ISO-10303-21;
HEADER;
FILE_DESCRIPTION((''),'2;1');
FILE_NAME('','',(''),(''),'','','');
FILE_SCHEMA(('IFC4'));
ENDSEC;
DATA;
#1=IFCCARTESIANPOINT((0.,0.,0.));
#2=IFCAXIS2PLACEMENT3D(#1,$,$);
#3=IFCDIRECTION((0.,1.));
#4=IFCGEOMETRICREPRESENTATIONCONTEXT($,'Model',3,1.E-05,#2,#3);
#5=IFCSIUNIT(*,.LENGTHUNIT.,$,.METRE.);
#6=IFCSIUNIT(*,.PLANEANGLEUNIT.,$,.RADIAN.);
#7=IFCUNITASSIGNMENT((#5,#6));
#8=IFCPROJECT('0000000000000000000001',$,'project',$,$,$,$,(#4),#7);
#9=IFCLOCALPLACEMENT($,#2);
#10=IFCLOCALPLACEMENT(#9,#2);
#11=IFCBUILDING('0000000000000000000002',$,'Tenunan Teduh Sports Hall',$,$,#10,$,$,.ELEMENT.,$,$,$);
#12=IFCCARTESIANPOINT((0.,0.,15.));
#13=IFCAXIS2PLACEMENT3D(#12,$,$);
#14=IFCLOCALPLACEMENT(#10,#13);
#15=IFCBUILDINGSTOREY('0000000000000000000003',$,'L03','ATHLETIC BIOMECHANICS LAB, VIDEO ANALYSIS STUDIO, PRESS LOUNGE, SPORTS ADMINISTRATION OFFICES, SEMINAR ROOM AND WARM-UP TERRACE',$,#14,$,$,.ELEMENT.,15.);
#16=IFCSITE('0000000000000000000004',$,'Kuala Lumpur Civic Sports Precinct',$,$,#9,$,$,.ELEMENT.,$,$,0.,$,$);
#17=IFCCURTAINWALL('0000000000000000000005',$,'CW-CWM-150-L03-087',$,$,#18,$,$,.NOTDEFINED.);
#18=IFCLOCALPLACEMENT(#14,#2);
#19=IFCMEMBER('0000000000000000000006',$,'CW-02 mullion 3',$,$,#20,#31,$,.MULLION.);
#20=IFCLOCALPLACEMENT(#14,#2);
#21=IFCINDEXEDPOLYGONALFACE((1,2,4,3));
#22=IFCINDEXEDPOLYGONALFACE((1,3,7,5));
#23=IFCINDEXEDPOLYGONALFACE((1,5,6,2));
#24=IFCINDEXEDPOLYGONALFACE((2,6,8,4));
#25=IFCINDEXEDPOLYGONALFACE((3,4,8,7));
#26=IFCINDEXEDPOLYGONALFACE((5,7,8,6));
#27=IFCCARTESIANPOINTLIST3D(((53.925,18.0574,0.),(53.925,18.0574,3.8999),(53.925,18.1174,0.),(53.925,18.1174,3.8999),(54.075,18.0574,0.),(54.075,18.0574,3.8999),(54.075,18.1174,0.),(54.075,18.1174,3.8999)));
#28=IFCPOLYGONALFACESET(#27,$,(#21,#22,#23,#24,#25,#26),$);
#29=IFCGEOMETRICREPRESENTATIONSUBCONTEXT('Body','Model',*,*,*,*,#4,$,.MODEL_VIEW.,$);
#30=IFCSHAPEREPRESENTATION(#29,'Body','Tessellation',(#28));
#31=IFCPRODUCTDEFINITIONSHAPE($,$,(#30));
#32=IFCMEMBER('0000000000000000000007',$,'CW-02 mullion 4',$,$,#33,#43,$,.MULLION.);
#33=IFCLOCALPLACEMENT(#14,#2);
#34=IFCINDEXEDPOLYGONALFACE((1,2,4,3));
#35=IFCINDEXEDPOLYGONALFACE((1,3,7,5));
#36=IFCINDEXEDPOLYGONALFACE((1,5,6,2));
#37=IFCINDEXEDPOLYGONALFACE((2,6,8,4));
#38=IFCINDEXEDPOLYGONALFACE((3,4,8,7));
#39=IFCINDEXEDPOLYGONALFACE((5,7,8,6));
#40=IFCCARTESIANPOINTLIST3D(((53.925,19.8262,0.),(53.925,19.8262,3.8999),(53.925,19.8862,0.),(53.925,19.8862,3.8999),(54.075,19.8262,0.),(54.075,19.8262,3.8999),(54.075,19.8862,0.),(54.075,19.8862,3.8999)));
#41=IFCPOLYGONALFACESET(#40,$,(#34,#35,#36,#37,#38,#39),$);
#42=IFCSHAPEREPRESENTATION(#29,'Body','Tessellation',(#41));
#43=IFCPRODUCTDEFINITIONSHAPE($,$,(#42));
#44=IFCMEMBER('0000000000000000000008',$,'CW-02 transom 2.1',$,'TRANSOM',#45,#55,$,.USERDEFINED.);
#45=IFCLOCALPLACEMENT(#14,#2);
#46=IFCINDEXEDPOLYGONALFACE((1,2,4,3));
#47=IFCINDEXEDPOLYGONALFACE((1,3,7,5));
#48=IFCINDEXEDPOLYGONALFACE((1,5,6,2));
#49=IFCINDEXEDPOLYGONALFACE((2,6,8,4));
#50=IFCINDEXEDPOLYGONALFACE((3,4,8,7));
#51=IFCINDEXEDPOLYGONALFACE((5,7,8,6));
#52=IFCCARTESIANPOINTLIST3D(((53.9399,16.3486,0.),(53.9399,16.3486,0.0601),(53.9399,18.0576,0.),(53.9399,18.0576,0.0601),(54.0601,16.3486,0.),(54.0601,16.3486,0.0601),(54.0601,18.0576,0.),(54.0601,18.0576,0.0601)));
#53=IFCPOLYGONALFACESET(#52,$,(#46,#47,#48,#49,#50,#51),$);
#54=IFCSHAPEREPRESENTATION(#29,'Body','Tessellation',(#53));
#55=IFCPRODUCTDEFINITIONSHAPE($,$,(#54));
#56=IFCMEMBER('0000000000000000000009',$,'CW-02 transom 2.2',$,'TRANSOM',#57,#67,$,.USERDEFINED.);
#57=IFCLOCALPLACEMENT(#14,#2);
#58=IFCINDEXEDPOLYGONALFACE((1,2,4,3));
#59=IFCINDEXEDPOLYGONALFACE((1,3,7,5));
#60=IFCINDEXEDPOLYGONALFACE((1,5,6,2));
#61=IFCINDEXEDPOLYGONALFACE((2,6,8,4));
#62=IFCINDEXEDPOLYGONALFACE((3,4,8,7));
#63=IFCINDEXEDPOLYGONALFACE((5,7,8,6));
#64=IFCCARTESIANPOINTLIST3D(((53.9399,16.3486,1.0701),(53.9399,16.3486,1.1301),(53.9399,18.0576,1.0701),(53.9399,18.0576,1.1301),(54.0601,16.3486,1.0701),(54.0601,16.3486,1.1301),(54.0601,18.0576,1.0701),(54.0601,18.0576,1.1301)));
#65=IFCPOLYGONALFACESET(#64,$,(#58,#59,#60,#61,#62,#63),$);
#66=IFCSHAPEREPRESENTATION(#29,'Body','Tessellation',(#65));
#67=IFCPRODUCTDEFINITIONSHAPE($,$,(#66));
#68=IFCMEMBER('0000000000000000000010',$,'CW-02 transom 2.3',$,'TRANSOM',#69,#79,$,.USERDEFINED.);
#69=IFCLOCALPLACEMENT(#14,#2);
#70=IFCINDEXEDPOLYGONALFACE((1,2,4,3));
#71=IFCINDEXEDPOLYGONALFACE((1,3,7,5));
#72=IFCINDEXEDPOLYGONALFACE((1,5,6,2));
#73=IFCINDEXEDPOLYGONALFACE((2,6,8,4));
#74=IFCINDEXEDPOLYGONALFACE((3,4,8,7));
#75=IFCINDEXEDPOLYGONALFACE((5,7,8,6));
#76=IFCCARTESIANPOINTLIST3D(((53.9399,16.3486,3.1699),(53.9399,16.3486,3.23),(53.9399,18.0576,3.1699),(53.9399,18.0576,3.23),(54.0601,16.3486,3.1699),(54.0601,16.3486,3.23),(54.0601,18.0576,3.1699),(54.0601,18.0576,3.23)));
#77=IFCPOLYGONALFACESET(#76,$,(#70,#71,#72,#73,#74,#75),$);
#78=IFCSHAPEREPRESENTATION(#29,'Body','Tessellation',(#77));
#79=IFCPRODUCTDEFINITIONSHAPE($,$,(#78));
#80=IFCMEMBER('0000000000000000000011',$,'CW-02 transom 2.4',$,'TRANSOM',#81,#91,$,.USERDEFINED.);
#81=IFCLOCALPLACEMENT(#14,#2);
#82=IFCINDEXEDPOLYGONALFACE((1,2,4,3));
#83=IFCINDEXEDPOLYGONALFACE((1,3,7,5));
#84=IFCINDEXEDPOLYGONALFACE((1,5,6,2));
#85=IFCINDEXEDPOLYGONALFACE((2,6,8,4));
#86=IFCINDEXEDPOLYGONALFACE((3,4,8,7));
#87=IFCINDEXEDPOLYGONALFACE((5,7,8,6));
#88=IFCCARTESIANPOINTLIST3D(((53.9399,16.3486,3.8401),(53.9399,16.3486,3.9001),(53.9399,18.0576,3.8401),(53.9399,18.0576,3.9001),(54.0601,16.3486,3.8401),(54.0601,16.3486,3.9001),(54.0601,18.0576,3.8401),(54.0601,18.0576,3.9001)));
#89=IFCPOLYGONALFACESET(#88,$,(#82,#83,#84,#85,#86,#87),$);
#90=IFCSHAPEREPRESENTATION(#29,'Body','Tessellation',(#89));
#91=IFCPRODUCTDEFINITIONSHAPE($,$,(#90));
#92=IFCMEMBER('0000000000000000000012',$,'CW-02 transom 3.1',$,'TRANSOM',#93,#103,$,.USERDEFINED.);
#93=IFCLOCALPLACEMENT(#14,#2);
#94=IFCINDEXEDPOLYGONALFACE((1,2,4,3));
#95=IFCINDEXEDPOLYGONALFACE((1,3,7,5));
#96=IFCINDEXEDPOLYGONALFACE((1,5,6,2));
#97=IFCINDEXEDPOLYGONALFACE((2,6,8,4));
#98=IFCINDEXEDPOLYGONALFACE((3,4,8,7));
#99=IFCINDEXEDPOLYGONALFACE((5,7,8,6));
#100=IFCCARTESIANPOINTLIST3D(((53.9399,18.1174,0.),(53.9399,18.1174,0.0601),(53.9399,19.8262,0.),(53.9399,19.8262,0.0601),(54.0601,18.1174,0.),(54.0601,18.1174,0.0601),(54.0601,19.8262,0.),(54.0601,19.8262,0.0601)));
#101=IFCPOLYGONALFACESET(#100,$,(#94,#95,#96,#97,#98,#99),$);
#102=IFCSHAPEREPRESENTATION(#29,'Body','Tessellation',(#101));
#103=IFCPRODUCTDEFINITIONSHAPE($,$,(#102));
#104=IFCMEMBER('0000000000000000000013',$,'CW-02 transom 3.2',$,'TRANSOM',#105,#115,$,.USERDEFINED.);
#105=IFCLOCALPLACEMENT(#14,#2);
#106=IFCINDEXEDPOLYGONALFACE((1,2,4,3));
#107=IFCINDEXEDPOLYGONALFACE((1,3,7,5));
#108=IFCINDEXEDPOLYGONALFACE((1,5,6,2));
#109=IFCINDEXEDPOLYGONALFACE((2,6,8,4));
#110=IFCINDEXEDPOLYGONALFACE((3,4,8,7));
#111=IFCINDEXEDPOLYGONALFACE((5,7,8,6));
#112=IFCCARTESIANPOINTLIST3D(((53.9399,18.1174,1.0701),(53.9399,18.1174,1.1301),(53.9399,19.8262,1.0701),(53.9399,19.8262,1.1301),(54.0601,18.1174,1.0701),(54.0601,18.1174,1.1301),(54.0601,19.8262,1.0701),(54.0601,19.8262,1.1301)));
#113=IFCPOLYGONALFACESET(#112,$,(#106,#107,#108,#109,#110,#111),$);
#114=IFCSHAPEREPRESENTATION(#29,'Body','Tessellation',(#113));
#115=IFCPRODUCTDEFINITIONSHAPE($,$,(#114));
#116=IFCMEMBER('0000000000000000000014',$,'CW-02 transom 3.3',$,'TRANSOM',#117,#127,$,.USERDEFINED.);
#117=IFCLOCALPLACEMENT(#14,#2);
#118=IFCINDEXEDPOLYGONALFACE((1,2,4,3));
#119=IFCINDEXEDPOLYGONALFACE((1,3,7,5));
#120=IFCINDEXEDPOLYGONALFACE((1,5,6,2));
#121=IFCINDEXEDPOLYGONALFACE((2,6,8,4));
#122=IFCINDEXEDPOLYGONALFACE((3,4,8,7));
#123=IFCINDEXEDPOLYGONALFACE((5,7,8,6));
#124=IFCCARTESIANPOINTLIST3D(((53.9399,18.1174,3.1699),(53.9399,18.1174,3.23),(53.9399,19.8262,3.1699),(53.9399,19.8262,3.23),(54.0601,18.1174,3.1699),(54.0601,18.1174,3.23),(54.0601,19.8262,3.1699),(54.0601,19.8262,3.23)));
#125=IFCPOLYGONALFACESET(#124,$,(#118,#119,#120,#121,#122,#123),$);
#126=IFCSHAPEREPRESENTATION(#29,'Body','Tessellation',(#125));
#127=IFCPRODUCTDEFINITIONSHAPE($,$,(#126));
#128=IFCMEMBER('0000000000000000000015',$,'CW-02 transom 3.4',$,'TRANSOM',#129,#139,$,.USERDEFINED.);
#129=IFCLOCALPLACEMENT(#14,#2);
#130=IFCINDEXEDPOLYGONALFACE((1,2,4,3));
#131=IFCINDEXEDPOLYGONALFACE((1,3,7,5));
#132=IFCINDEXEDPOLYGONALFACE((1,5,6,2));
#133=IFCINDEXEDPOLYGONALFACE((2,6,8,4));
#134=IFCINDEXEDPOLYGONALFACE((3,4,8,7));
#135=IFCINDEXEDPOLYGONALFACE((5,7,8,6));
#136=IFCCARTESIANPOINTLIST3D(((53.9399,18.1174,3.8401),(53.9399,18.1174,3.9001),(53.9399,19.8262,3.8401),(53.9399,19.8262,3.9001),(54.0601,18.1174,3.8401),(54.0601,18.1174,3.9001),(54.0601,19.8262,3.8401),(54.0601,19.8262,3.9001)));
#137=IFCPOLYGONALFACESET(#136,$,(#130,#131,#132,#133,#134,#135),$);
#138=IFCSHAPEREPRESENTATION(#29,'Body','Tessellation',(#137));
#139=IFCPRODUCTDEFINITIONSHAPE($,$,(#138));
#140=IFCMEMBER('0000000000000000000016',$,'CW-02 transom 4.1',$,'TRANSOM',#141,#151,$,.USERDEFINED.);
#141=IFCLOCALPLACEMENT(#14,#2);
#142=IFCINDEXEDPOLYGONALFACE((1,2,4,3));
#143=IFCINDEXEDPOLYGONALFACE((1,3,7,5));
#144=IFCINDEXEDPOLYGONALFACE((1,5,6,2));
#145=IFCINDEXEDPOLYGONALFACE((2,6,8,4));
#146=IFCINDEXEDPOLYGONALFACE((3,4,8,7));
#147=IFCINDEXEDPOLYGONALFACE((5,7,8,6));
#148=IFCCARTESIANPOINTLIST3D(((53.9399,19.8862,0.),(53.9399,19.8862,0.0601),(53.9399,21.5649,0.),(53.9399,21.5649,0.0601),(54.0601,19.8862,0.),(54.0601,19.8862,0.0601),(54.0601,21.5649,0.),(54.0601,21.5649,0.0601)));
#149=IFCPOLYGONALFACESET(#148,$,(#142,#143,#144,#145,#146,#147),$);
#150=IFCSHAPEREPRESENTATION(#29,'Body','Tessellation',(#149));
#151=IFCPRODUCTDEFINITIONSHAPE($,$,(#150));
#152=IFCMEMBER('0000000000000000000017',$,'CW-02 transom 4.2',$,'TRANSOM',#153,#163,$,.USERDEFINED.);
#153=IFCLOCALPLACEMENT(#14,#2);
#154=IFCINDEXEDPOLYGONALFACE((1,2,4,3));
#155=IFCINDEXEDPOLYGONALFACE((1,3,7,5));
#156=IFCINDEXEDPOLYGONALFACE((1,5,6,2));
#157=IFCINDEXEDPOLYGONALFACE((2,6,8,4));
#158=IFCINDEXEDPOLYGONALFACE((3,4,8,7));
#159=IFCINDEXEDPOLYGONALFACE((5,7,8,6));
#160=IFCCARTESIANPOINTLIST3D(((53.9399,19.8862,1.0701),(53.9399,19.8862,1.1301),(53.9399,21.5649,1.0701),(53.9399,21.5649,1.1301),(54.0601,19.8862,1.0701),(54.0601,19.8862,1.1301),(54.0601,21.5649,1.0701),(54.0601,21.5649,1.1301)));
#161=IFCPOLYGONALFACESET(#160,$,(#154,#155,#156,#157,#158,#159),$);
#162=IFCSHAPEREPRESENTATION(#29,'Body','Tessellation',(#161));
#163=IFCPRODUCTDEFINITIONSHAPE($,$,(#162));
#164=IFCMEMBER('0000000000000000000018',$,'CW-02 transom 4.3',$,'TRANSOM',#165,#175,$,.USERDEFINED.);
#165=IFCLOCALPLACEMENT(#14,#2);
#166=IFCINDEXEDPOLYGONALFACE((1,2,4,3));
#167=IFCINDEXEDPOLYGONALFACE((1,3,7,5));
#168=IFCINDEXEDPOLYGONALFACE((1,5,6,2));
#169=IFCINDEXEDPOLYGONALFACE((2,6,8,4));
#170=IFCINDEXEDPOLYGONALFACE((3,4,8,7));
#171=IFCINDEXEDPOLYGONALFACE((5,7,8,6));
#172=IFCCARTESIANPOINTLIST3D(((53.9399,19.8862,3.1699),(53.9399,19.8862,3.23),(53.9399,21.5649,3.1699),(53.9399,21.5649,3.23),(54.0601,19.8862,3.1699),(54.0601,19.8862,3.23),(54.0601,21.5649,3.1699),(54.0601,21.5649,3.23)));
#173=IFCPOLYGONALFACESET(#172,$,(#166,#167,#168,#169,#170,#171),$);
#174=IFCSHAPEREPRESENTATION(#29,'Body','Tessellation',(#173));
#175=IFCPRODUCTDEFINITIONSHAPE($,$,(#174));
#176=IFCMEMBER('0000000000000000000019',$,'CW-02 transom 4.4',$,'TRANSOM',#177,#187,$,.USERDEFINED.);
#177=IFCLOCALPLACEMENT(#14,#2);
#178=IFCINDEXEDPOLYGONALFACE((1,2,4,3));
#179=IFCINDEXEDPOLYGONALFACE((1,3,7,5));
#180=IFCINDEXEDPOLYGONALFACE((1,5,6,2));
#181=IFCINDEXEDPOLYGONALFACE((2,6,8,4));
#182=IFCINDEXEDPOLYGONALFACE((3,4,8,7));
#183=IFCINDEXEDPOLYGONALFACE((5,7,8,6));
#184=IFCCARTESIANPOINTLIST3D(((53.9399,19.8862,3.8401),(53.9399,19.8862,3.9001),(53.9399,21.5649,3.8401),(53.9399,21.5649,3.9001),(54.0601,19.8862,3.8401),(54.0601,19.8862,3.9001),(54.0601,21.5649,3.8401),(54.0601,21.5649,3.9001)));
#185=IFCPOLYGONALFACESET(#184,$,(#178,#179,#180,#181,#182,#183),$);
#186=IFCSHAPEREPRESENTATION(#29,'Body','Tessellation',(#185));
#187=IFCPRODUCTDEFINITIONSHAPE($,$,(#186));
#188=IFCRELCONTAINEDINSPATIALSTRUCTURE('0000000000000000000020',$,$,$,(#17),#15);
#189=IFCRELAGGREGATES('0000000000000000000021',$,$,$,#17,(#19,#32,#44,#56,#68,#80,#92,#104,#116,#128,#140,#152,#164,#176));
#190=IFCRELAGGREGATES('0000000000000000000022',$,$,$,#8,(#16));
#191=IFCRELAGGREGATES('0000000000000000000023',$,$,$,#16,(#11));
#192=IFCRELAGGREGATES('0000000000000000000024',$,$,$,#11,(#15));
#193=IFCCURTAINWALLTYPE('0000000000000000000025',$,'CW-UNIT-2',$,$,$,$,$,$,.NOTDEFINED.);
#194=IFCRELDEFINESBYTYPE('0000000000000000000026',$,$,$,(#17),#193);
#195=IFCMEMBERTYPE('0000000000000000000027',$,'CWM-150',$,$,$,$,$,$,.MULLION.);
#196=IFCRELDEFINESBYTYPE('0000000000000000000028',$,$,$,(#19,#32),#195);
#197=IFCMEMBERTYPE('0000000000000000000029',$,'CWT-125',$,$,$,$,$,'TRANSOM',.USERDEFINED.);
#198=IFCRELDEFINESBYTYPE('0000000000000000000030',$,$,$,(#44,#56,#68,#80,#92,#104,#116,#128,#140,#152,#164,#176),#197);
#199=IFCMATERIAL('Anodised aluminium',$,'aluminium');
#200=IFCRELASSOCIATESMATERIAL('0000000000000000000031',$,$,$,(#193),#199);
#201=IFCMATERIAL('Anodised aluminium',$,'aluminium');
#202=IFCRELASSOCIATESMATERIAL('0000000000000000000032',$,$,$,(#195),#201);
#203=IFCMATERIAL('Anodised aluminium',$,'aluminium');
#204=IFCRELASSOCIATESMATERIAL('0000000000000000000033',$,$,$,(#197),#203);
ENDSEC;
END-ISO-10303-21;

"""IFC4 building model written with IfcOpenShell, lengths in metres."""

from ifc_helpers import new_model, si_unit, direction, frame, origin, origin_2d, place, context, subcontext, project, spatial, rectangle, extrude, material, material_profile, profile_set, type_object, element, aggregate, save


model = new_model("IFC4")

# Units and contexts
model_context = context("Model", 3, precision=1e-05, world=origin(), true_north=direction((0.0, 1.0)))
body_context = subcontext(model_context, "Body", "Model", "MODEL_VIEW")
ifc_project = project(units=[si_unit("LENGTHUNIT", "METRE"), si_unit("PLANEANGLEUNIT", "RADIAN")], contexts=[model_context])

# Site, building, storey
site_placement = place(None, origin())
site = spatial("IfcSite", under=ifc_project, at=site_placement, Name="Kuala Lumpur Civic Sports Precinct", CompositionType="ELEMENT", RefElevation=0.0)
building_placement = place(site_placement, origin())
building = spatial("IfcBuilding", under=site, at=building_placement, Name="Tenunan Teduh Sports Hall", CompositionType="ELEMENT")
storey_placement = place(building_placement, frame((0.0, 0.0, 15.0)))
storey = spatial("IfcBuildingStorey", under=building, at=storey_placement, Name="L03", Description="ATHLETIC BIOMECHANICS LAB, VIDEO ANALYSIS STUDIO, PRESS LOUNGE, SPORTS ADMINISTRATION OFFICES, SEMINAR ROOM AND WARM-UP TERRACE", CompositionType="ELEMENT", Elevation=15.0)

# Curtain wall, members
ifc_material_1 = material(Name="Anodised aluminium", Category="aluminium")
curtain_wall_type = type_object("IfcCurtainWallType", Name="CW-UNIT-2", PredefinedType="NOTDEFINED", material=ifc_material_1)
curtain_wall_placement = place(storey_placement, origin())
curtain_wall = element("IfcCurtainWall", 1, at=curtain_wall_placement, inside=storey, type_object=curtain_wall_type, Name="CW-CWM-150-L03-087", PredefinedType="NOTDEFINED")
ifc_material_2 = material(Name="Anodised aluminium", Category="aluminium")
ifc_material_profile_1 = material_profile(ifc_material_2, rectangle(XDim=0.0601, YDim=0.1499, at=origin_2d()), Name="CWM 60x150")
ifc_profile_set_1 = profile_set([ifc_material_profile_1], Name="Anodised aluminium")
member_type_1 = type_object("IfcMemberType", Name="CWM-150", PredefinedType="MULLION", material=ifc_profile_set_1)
member_1_placement = place(storey_placement, frame((54.0, 18.0874, 0.0), z_axis=(0.0, 0.0, 1.0), x_axis=(0.0, 1.0, 0.0)))
member_1 = element("IfcMember", 2, at=member_1_placement, type_object=member_type_1, Name="CW-02 mullion 3", PredefinedType="MULLION", context=body_context, shape_type="SweptSolid", body=[
    extrude(rectangle(XDim=0.0601, YDim=0.1499, at=origin_2d()), origin(), (0.0, 0.0, 1.0), 3.8999),
])
member_2_placement = place(storey_placement, frame((54.0, 19.8562, 0.0), z_axis=(0.0, 0.0, 1.0), x_axis=(0.0, 1.0, 0.0)))
member_2 = element("IfcMember", 3, at=member_2_placement, type_object=member_type_1, Name="CW-02 mullion 4", PredefinedType="MULLION", context=body_context, shape_type="SweptSolid", body=[
    extrude(rectangle(XDim=0.0601, YDim=0.1499, at=origin_2d()), origin(), (0.0, 0.0, 1.0), 3.8999),
])
ifc_material_3 = material(Name="Anodised aluminium", Category="aluminium")
ifc_material_profile_2 = material_profile(ifc_material_3, rectangle(XDim=0.0601, YDim=0.1201, at=origin_2d()), Name="CWT 60x120")
ifc_profile_set_2 = profile_set([ifc_material_profile_2], Name="Anodised aluminium")
member_type_2 = type_object("IfcMemberType", Name="CWT-125", ElementType="TRANSOM", PredefinedType="USERDEFINED", material=ifc_profile_set_2)
member_3_placement = place(storey_placement, frame((54.0, 16.3486, 0.03), z_axis=(0.0, 1.0, 0.0), x_axis=(0.0, 0.0, 1.0)))
member_3 = element("IfcMember", 4, at=member_3_placement, type_object=member_type_2, Name="CW-02 transom 2.1", ObjectType="TRANSOM", PredefinedType="USERDEFINED", context=body_context, shape_type="SweptSolid", body=[
    extrude(rectangle(XDim=0.0601, YDim=0.1201, at=origin_2d()), origin(), (0.0, 0.0, 1.0), 1.709),
])
member_4_placement = place(storey_placement, frame((54.0, 16.3486, 1.1001), z_axis=(0.0, 1.0, 0.0), x_axis=(0.0, 0.0, 1.0)))
member_4 = element("IfcMember", 5, at=member_4_placement, type_object=member_type_2, Name="CW-02 transom 2.2", ObjectType="TRANSOM", PredefinedType="USERDEFINED", context=body_context, shape_type="SweptSolid", body=[
    extrude(rectangle(XDim=0.0601, YDim=0.1201, at=origin_2d()), origin(), (0.0, 0.0, 1.0), 1.709),
])
member_5_placement = place(storey_placement, frame((54.0, 16.3486, 3.2), z_axis=(0.0, 1.0, 0.0), x_axis=(0.0, 0.0, 1.0)))
member_5 = element("IfcMember", 6, at=member_5_placement, type_object=member_type_2, Name="CW-02 transom 2.3", ObjectType="TRANSOM", PredefinedType="USERDEFINED", context=body_context, shape_type="SweptSolid", body=[
    extrude(rectangle(XDim=0.0601, YDim=0.1201, at=origin_2d()), origin(), (0.0, 0.0, 1.0), 1.709),
])
member_6_placement = place(storey_placement, frame((54.0, 16.3486, 3.8701), z_axis=(0.0, 1.0, 0.0), x_axis=(0.0, 0.0, 1.0)))
member_6 = element("IfcMember", 7, at=member_6_placement, type_object=member_type_2, Name="CW-02 transom 2.4", ObjectType="TRANSOM", PredefinedType="USERDEFINED", context=body_context, shape_type="SweptSolid", body=[
    extrude(rectangle(XDim=0.0601, YDim=0.1201, at=origin_2d()), origin(), (0.0, 0.0, 1.0), 1.709),
])
member_7_placement = place(storey_placement, frame((54.0, 18.1174, 0.03), z_axis=(0.0, 1.0, 0.0), x_axis=(0.0, 0.0, 1.0)))
member_7 = element("IfcMember", 8, at=member_7_placement, type_object=member_type_2, Name="CW-02 transom 3.1", ObjectType="TRANSOM", PredefinedType="USERDEFINED", context=body_context, shape_type="SweptSolid", body=[
    extrude(rectangle(XDim=0.0601, YDim=0.1201, at=origin_2d()), origin(), (0.0, 0.0, 1.0), 1.7087),
])
member_8_placement = place(storey_placement, frame((54.0, 18.1174, 1.1001), z_axis=(0.0, 1.0, 0.0), x_axis=(0.0, 0.0, 1.0)))
member_8 = element("IfcMember", 9, at=member_8_placement, type_object=member_type_2, Name="CW-02 transom 3.2", ObjectType="TRANSOM", PredefinedType="USERDEFINED", context=body_context, shape_type="SweptSolid", body=[
    extrude(rectangle(XDim=0.0601, YDim=0.1201, at=origin_2d()), origin(), (0.0, 0.0, 1.0), 1.7087),
])
member_9_placement = place(storey_placement, frame((54.0, 18.1174, 3.2), z_axis=(0.0, 1.0, 0.0), x_axis=(0.0, 0.0, 1.0)))
member_9 = element("IfcMember", 10, at=member_9_placement, type_object=member_type_2, Name="CW-02 transom 3.3", ObjectType="TRANSOM", PredefinedType="USERDEFINED", context=body_context, shape_type="SweptSolid", body=[
    extrude(rectangle(XDim=0.0601, YDim=0.1201, at=origin_2d()), origin(), (0.0, 0.0, 1.0), 1.7087),
])
member_10_placement = place(storey_placement, frame((54.0, 18.1174, 3.8701), z_axis=(0.0, 1.0, 0.0), x_axis=(0.0, 0.0, 1.0)))
member_10 = element("IfcMember", 11, at=member_10_placement, type_object=member_type_2, Name="CW-02 transom 3.4", ObjectType="TRANSOM", PredefinedType="USERDEFINED", context=body_context, shape_type="SweptSolid", body=[
    extrude(rectangle(XDim=0.0601, YDim=0.1201, at=origin_2d()), origin(), (0.0, 0.0, 1.0), 1.7087),
])
member_11_placement = place(storey_placement, frame((54.0, 19.8862, 0.03), z_axis=(0.0, 1.0, 0.0), x_axis=(0.0, 0.0, 1.0)))
member_11 = element("IfcMember", 12, at=member_11_placement, type_object=member_type_2, Name="CW-02 transom 4.1", ObjectType="TRANSOM", PredefinedType="USERDEFINED", context=body_context, shape_type="SweptSolid", body=[
    extrude(rectangle(XDim=0.0601, YDim=0.1201, at=origin_2d()), origin(), (0.0, 0.0, 1.0), 1.6787),
])
member_12_placement = place(storey_placement, frame((54.0, 19.8862, 1.1001), z_axis=(0.0, 1.0, 0.0), x_axis=(0.0, 0.0, 1.0)))
member_12 = element("IfcMember", 13, at=member_12_placement, type_object=member_type_2, Name="CW-02 transom 4.2", ObjectType="TRANSOM", PredefinedType="USERDEFINED", context=body_context, shape_type="SweptSolid", body=[
    extrude(rectangle(XDim=0.0601, YDim=0.1201, at=origin_2d()), origin(), (0.0, 0.0, 1.0), 1.6787),
])
member_13_placement = place(storey_placement, frame((54.0, 19.8862, 3.2), z_axis=(0.0, 1.0, 0.0), x_axis=(0.0, 0.0, 1.0)))
member_13 = element("IfcMember", 14, at=member_13_placement, type_object=member_type_2, Name="CW-02 transom 4.3", ObjectType="TRANSOM", PredefinedType="USERDEFINED", context=body_context, shape_type="SweptSolid", body=[
    extrude(rectangle(XDim=0.0601, YDim=0.1201, at=origin_2d()), origin(), (0.0, 0.0, 1.0), 1.6787),
])
member_14_placement = place(storey_placement, frame((54.0, 19.8862, 3.8701), z_axis=(0.0, 1.0, 0.0), x_axis=(0.0, 0.0, 1.0)))
member_14 = element("IfcMember", 15, at=member_14_placement, type_object=member_type_2, Name="CW-02 transom 4.4", ObjectType="TRANSOM", PredefinedType="USERDEFINED", context=body_context, shape_type="SweptSolid", body=[
    extrude(rectangle(XDim=0.0601, YDim=0.1201, at=origin_2d()), origin(), (0.0, 0.0, 1.0), 1.6787),
])
aggregate(curtain_wall, [member_1, member_2, member_3, member_4, member_5, member_6, member_7, member_8, member_9, member_10, member_11, member_12, member_13, member_14])

save(model, "model.ifc")
